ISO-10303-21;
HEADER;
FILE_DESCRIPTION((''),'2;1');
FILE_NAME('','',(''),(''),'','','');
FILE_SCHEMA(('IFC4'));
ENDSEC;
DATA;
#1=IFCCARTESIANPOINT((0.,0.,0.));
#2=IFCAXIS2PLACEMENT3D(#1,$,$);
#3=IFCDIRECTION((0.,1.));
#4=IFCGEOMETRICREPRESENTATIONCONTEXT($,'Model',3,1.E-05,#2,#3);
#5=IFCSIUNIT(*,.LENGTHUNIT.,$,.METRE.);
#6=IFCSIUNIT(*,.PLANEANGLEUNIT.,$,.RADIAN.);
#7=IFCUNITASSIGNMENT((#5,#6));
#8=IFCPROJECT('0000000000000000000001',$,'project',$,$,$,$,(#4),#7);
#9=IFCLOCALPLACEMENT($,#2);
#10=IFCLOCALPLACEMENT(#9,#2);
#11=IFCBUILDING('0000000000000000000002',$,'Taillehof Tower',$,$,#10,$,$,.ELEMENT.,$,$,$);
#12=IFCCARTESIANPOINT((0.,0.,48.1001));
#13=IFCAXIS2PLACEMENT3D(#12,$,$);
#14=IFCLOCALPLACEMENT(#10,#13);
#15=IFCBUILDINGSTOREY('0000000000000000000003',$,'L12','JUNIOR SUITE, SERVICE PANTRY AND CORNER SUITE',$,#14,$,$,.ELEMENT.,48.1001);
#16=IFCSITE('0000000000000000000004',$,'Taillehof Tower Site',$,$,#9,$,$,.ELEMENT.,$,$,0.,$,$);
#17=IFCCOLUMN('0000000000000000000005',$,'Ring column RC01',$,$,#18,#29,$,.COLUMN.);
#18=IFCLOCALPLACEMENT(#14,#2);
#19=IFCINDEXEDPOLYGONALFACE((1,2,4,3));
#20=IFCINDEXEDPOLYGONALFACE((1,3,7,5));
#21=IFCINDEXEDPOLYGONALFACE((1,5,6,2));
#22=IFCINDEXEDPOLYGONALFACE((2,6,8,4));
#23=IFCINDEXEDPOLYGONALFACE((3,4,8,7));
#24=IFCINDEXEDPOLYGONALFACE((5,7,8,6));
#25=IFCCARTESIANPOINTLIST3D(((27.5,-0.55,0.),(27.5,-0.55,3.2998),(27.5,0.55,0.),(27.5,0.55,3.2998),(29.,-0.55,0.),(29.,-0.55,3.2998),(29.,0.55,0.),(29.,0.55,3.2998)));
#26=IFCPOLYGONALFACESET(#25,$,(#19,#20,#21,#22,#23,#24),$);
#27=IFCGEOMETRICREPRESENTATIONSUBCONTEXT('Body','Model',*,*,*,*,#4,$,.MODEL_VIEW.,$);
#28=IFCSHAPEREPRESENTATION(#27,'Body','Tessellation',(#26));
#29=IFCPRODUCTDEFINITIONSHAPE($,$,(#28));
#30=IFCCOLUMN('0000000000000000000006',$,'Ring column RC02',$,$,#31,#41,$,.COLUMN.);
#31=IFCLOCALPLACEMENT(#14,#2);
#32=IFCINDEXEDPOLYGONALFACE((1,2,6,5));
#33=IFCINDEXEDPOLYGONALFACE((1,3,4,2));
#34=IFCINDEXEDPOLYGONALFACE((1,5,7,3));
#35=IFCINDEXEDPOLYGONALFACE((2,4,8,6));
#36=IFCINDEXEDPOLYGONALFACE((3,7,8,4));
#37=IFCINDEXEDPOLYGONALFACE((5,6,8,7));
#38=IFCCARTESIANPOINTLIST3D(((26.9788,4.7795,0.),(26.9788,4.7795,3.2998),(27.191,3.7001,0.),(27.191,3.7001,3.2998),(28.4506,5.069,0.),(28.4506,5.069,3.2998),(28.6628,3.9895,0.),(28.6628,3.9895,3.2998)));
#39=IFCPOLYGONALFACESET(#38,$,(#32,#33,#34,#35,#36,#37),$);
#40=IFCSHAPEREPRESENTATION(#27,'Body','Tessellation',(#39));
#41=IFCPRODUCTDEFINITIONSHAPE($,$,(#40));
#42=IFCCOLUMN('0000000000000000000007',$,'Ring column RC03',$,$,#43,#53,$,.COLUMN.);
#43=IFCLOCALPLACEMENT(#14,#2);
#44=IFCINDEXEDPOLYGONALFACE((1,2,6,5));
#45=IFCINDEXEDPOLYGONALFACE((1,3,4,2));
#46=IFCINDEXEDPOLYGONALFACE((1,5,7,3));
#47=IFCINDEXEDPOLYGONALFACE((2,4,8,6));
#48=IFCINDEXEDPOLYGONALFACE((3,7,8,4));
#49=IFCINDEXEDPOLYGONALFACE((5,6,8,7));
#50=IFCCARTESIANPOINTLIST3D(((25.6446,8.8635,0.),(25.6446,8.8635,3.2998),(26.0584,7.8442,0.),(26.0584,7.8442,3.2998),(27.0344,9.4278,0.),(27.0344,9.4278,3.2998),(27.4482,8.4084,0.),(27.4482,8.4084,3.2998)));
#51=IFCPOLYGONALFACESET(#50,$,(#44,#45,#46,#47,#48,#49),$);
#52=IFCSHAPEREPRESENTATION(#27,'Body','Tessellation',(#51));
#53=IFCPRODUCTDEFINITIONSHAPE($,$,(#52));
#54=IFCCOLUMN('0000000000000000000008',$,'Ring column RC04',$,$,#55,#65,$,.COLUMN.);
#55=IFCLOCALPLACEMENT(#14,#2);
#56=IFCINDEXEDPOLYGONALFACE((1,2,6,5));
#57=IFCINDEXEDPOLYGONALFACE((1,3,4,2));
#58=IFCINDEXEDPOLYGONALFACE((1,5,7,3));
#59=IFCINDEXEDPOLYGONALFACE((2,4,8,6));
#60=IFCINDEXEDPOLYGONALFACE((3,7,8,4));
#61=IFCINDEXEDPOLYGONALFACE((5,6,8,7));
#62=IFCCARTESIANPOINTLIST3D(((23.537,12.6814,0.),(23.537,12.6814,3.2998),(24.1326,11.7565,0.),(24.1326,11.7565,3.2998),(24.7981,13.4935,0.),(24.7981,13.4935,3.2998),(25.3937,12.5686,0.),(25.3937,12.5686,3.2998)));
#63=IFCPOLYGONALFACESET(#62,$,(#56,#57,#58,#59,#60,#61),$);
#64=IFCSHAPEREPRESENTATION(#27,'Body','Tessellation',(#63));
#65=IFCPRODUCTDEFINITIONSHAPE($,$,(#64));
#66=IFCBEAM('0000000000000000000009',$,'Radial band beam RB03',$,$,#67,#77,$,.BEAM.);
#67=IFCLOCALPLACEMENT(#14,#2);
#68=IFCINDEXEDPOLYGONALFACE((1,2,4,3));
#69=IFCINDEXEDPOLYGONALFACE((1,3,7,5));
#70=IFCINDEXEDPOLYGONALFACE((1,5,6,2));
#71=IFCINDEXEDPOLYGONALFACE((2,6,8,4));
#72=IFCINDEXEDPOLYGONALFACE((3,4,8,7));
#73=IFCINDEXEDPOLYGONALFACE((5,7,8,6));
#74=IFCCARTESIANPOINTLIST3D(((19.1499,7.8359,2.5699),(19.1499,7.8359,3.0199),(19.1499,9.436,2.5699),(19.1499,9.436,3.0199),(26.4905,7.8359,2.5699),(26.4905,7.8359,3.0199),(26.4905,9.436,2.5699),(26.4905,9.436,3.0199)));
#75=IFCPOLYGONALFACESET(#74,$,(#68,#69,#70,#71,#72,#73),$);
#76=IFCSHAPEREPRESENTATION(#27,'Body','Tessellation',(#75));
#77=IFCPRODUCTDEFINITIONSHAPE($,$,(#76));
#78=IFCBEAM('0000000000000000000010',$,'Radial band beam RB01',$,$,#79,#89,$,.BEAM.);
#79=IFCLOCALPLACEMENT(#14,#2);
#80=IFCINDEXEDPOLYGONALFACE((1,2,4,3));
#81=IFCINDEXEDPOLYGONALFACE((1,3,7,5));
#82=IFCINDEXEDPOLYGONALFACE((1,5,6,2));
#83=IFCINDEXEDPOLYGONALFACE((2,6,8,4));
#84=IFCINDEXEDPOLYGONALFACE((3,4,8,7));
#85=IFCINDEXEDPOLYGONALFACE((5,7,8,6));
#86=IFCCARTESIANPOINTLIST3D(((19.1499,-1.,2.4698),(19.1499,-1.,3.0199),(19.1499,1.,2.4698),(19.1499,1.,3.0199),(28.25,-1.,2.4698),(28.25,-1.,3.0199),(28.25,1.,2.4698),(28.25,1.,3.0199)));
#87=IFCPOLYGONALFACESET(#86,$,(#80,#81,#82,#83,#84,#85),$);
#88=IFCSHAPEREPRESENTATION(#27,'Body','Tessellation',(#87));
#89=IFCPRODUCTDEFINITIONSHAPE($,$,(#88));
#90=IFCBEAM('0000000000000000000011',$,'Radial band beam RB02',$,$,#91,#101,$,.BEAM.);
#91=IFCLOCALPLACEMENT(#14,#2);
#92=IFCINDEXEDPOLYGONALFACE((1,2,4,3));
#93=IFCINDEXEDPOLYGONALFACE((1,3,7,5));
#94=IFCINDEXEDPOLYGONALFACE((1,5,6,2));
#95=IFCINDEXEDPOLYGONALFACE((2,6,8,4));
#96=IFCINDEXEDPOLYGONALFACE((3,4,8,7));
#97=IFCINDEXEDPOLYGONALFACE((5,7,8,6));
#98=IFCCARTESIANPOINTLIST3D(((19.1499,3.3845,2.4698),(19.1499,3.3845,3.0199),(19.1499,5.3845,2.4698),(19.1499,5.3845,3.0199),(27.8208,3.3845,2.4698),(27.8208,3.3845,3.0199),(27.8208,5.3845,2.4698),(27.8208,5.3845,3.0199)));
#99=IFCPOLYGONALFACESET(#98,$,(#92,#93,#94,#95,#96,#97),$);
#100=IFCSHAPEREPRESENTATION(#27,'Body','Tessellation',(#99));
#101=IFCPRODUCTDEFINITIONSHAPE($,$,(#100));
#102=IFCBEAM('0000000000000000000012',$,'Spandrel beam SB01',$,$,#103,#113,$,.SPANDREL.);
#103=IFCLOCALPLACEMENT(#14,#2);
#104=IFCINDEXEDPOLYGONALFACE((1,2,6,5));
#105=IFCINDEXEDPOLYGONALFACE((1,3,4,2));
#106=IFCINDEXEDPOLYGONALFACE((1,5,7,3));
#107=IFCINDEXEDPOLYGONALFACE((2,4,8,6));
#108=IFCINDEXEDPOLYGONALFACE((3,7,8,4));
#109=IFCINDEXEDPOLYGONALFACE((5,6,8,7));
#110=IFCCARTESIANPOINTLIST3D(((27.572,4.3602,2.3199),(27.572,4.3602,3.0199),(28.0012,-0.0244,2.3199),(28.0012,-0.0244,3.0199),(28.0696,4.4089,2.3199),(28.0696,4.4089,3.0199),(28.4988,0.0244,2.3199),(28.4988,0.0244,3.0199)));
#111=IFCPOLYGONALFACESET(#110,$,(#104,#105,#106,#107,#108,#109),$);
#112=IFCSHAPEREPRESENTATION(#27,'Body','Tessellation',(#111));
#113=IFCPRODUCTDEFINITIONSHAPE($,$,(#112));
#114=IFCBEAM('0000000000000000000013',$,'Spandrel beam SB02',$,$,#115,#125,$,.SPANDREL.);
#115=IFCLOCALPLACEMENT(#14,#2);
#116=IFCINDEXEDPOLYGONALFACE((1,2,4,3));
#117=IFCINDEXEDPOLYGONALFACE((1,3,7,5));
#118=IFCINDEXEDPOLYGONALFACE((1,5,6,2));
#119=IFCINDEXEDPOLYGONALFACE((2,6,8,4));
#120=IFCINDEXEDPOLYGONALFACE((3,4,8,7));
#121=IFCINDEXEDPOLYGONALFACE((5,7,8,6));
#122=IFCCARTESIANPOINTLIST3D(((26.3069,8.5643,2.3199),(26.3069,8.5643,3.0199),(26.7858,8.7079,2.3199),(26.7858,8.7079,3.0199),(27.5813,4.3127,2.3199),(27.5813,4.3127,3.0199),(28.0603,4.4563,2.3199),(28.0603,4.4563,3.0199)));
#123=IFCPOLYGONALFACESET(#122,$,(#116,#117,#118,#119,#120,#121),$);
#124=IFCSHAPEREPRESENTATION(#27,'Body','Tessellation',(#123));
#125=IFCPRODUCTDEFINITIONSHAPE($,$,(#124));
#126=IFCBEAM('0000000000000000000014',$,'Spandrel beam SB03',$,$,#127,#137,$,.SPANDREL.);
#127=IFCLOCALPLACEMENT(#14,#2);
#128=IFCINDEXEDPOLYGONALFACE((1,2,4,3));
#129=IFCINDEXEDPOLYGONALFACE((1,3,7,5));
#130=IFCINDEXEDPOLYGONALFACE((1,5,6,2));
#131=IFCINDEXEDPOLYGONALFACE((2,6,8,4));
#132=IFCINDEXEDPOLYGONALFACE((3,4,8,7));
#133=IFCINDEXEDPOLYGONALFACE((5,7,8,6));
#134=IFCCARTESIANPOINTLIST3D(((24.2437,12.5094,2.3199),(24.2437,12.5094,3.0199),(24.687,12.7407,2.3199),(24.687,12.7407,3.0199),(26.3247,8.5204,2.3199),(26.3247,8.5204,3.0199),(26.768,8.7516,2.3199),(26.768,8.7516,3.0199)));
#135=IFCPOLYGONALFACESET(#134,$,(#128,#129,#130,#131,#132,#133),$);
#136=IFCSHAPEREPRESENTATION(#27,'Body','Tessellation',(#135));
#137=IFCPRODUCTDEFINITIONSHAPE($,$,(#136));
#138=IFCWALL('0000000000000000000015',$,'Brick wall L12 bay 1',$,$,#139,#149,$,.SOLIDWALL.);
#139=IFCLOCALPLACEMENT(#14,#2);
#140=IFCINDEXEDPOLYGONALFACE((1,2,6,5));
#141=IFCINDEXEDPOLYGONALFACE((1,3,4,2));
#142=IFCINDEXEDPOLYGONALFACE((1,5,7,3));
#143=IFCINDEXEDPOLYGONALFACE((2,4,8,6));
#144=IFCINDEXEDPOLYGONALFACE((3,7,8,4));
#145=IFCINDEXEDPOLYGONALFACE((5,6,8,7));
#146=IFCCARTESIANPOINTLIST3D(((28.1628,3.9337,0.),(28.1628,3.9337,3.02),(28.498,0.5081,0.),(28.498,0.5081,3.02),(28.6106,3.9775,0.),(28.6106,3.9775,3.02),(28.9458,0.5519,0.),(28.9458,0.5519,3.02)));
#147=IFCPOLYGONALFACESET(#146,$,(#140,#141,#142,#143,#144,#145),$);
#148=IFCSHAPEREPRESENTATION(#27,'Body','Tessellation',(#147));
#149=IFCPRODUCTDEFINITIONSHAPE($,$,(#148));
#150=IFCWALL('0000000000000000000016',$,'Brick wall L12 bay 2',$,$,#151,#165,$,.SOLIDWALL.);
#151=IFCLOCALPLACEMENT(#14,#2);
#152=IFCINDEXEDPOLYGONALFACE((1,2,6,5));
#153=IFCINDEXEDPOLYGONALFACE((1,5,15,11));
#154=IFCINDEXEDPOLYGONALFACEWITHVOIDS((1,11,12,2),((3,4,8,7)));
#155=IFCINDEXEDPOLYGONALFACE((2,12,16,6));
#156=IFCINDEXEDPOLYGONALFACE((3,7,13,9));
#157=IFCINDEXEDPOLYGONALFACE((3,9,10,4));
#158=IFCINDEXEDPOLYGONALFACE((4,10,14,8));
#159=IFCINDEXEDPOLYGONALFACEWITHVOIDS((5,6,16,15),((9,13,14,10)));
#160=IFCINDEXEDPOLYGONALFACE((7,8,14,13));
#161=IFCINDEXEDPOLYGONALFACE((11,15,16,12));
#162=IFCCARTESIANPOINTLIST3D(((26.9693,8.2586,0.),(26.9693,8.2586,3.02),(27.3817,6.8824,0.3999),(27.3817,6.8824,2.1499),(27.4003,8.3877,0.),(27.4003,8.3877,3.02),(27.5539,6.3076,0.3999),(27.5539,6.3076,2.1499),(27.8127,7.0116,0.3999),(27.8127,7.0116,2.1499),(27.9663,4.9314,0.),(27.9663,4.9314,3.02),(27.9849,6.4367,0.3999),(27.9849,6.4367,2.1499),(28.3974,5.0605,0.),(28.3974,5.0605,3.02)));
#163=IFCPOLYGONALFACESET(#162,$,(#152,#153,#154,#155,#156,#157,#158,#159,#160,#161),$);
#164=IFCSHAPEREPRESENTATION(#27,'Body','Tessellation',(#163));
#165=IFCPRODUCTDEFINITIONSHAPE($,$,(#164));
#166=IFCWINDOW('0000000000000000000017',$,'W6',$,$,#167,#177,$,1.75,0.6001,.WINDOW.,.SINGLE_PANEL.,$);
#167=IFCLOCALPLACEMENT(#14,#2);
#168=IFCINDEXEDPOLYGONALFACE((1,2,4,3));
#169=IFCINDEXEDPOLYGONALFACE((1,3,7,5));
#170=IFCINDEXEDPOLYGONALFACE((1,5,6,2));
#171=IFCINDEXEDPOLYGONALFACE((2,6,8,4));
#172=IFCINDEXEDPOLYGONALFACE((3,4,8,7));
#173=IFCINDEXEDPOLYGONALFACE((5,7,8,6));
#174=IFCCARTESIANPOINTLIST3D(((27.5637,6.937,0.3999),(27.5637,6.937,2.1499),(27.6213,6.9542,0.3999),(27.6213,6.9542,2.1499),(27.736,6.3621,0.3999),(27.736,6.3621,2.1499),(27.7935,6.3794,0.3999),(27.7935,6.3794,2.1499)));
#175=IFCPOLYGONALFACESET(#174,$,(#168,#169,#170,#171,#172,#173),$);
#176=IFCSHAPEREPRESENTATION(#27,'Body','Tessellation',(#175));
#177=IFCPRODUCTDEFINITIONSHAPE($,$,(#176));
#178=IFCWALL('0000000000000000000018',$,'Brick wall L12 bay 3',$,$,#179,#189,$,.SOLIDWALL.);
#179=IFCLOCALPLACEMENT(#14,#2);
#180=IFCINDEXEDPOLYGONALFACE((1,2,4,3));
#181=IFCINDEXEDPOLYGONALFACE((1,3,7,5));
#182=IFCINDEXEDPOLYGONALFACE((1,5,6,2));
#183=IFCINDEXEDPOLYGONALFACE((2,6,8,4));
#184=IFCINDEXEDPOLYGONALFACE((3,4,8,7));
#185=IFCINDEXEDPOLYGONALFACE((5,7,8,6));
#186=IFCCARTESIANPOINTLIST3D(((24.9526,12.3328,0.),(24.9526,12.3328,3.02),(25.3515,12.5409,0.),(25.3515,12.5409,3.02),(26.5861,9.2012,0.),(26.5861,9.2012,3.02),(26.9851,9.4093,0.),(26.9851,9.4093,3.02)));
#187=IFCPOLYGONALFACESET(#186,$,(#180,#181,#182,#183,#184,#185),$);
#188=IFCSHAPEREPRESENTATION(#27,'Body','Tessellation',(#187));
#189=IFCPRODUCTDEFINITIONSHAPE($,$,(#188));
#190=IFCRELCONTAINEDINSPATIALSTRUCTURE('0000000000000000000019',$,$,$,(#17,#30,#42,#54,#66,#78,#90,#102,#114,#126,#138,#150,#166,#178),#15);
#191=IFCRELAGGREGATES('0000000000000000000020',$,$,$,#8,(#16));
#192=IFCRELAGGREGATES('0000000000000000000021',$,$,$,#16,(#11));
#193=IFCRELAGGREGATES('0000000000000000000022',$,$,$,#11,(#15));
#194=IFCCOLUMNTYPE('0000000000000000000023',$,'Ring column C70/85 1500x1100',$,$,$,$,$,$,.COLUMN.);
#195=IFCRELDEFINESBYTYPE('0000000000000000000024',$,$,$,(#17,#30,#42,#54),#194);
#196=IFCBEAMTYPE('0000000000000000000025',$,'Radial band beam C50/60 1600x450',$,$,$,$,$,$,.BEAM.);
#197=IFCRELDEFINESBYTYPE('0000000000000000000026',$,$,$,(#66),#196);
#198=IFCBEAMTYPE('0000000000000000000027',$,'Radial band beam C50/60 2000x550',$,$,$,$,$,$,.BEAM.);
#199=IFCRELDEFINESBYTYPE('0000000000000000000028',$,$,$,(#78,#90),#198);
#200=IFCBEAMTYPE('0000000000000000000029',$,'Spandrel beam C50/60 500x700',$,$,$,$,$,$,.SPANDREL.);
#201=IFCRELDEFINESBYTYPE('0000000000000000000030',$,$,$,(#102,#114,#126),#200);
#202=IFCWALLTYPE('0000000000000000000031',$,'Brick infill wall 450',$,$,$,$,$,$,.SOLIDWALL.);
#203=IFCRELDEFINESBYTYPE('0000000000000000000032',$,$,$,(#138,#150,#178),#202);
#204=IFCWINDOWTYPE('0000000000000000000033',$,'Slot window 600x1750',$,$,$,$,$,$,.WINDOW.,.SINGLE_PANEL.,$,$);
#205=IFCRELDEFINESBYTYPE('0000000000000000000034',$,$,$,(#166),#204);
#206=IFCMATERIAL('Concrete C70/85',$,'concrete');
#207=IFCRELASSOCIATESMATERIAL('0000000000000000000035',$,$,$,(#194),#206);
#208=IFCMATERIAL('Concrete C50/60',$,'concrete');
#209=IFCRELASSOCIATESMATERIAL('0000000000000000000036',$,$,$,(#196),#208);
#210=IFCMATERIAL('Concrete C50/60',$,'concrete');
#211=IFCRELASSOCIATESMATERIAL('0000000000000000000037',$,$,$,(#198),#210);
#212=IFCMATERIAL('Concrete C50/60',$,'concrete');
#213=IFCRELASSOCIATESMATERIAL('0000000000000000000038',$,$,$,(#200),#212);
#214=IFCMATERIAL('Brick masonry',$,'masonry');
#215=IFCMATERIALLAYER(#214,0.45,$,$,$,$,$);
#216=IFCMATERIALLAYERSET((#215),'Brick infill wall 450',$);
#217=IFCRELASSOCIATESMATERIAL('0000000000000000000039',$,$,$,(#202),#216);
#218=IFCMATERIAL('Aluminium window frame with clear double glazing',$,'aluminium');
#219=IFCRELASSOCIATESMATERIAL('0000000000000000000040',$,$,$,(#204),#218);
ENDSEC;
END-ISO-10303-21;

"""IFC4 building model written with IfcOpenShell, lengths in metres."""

from ifc_helpers import new_model, si_unit, direction, frame, frame_2d, origin, origin_2d, place, context, subcontext, project, spatial, rectangle, extrude, material, layer, layer_set, material_profile, profile_set, type_object, element, fill, save


model = new_model("IFC4")

# Units and contexts
model_context = context("Model", 3, precision=1e-05, world=origin(), true_north=direction((0.0, 1.0)))
body_context = subcontext(model_context, "Body", "Model", "MODEL_VIEW")
ifc_project = project(units=[si_unit("LENGTHUNIT", "METRE"), si_unit("PLANEANGLEUNIT", "RADIAN")], contexts=[model_context])

# Site, building, storey
site_placement = place(None, origin())
site = spatial("IfcSite", under=ifc_project, at=site_placement, Name="Taillehof Tower Site", CompositionType="ELEMENT", RefElevation=0.0)
building_placement = place(site_placement, origin())
building = spatial("IfcBuilding", under=site, at=building_placement, Name="Taillehof Tower", CompositionType="ELEMENT")
storey_placement = place(building_placement, frame((0.0, 0.0, 48.1001)))
storey = spatial("IfcBuildingStorey", under=building, at=storey_placement, Name="L12", Description="JUNIOR SUITE, SERVICE PANTRY AND CORNER SUITE", CompositionType="ELEMENT", Elevation=48.1001)

# Columns
ifc_material_1 = material(Name="Concrete C70/85", Category="concrete")
ifc_material_profile_1 = material_profile(ifc_material_1, rectangle(XDim=1.5, YDim=1.1001, at=origin_2d()), Name="RC 1500x1100")
ifc_profile_set_1 = profile_set([ifc_material_profile_1], Name="Concrete C70/85")
column_type = type_object("IfcColumnType", Name="Ring column C70/85 1500x1100", PredefinedType="COLUMN", material=ifc_profile_set_1)
for number, where, z_axis, x_axis, name in (
    (1, (28.25, 0.0, 0.0), (0.0, 0.0, 1.0), (1.0, 0.0, 0.0), "Ring column RC01"),
    (2, (27.8208, 4.3845, 0.0), (0.0, 0.0, 1.0), (0.981204, 0.192976, 0.0), "Ring column RC02"),
    (3, (26.5464, 8.636, 0.0), (0.0, 0.0, 1.0), (0.926558, 0.376152, 0.0), "Ring column RC03"),
    (4, (24.4653, 12.625, 0.0), (0.0, 0.0, 1.0), (0.840754, 0.541418, 0.0), "Ring column RC04"),
):
    element("IfcColumn", number, at=place(storey_placement, frame(where, z_axis=z_axis, x_axis=x_axis)), inside=storey, type_object=column_type, Name=name, PredefinedType="COLUMN", context=body_context, shape_type="SweptSolid", body=[
        extrude(rectangle(XDim=1.5, YDim=1.1001, at=origin_2d()), origin(), (0.0, 0.0, 1.0), 3.2998),
    ])

# Beams
ifc_material_2 = material(Name="Concrete C50/60", Category="concrete")
ifc_material_profile_2 = material_profile(ifc_material_2, rectangle(XDim=1.6001, YDim=0.45, at=origin_2d()), Name="RC 1600x450")
ifc_profile_set_2 = profile_set([ifc_material_profile_2], Name="Concrete C50/60")
beam_type_1 = type_object("IfcBeamType", Name="Radial band beam C50/60 1600x450", PredefinedType="BEAM", material=ifc_profile_set_2)
beam_1_placement = place(storey_placement, frame((26.4905, 8.636, 2.7949), z_axis=(-1.0, 0.0, 0.0), x_axis=(0.0, -1.0, 0.0)))
element("IfcBeam", 5, at=beam_1_placement, inside=storey, type_object=beam_type_1, Name="Radial band beam RB03", PredefinedType="BEAM", context=body_context, shape_type="SweptSolid", body=[
    extrude(rectangle(XDim=1.6001, YDim=0.45, at=origin_2d()), origin(), (0.0, 0.0, 1.0), 7.3406),
])
ifc_material_3 = material(Name="Concrete C50/60", Category="concrete")
ifc_material_profile_3 = material_profile(ifc_material_3, rectangle(XDim=2.0, YDim=0.55, at=origin_2d()), Name="RC 2000x550")
ifc_profile_set_3 = profile_set([ifc_material_profile_3], Name="Concrete C50/60")
beam_type_2 = type_object("IfcBeamType", Name="Radial band beam C50/60 2000x550", PredefinedType="BEAM", material=ifc_profile_set_3)
beam_2_placement = place(storey_placement, frame((28.25, 0.0, 2.7449), z_axis=(-1.0, 0.0, 0.0), x_axis=(0.0, -1.0, 0.0)))
element("IfcBeam", 6, at=beam_2_placement, inside=storey, type_object=beam_type_2, Name="Radial band beam RB01", PredefinedType="BEAM", context=body_context, shape_type="SweptSolid", body=[
    extrude(rectangle(XDim=2.0, YDim=0.55, at=origin_2d()), origin(), (0.0, 0.0, 1.0), 9.1001),
])
beam_3_placement = place(storey_placement, frame((27.8208, 4.3845, 2.7449), z_axis=(-1.0, 0.0, 0.0), x_axis=(0.0, -1.0, 0.0)))
element("IfcBeam", 7, at=beam_3_placement, inside=storey, type_object=beam_type_2, Name="Radial band beam RB02", PredefinedType="BEAM", context=body_context, shape_type="SweptSolid", body=[
    extrude(rectangle(XDim=2.0, YDim=0.55, at=origin_2d()), origin(), (0.0, 0.0, 1.0), 8.6709),
])
ifc_material_4 = material(Name="Concrete C50/60", Category="concrete")
ifc_material_profile_4 = material_profile(ifc_material_4, rectangle(XDim=0.5, YDim=0.7, at=origin_2d()), Name="RC 500x700")
ifc_profile_set_4 = profile_set([ifc_material_profile_4], Name="Concrete C50/60")
beam_type_3 = type_object("IfcBeamType", Name="Spandrel beam C50/60 500x700", PredefinedType="SPANDREL", material=ifc_profile_set_4)
beam_4_placement = place(storey_placement, frame((28.25, 0.0, 2.6699), z_axis=(-0.097424, 0.995243, 0.0), x_axis=(-0.995243, -0.097424, 0.0)))
element("IfcBeam", 8, at=beam_4_placement, inside=storey, type_object=beam_type_3, Name="Spandrel beam SB01", PredefinedType="SPANDREL", context=body_context, shape_type="SweptSolid", body=[
    extrude(rectangle(XDim=0.5, YDim=0.7, at=origin_2d()), origin(), (0.0, 0.0, 1.0), 4.4055),
])
beam_5_placement = place(storey_placement, frame((27.8208, 4.3845, 2.6699), z_axis=(-0.287136, 0.95789, 0.0), x_axis=(-0.95789, -0.287136, 0.0)))
element("IfcBeam", 9, at=beam_5_placement, inside=storey, type_object=beam_type_3, Name="Spandrel beam SB02", PredefinedType="SPANDREL", context=body_context, shape_type="SweptSolid", body=[
    extrude(rectangle(XDim=0.5, YDim=0.7, at=origin_2d()), origin(), (0.0, 0.0, 1.0), 4.4385),
])
beam_6_placement = place(storey_placement, frame((26.5464, 8.636, 2.6699), z_axis=(-0.462536, 0.8866, 0.0), x_axis=(-0.8866, -0.462536, 0.0)))
element("IfcBeam", 10, at=beam_6_placement, inside=storey, type_object=beam_type_3, Name="Spandrel beam SB03", PredefinedType="SPANDREL", context=body_context, shape_type="SweptSolid", body=[
    extrude(rectangle(XDim=0.5, YDim=0.7, at=origin_2d()), origin(), (0.0, 0.0, 1.0), 4.4993),
])

# Wall
ifc_material_5 = material(Name="Brick masonry", Category="masonry")
ifc_layer_1 = layer(ifc_material_5, 0.45)
ifc_layer_set_1 = layer_set([ifc_layer_1], Name="Brick infill wall 450")
wall_type_1 = type_object("IfcWallType", Name="Brick infill wall 450", PredefinedType="SOLIDWALL", material=ifc_layer_set_1)
wall_1_placement = place(storey_placement, frame((28.7219, 0.53, 0.0), z_axis=(0.0, 0.0, 1.0), x_axis=(-0.09739, 0.995246, 0.0)))
element("IfcWall", 11, at=wall_1_placement, inside=storey, type_object=wall_type_1, Name="Brick wall L12 bay 1", PredefinedType="SOLIDWALL", context=body_context, shape_type="SweptSolid", body=[
    extrude(rectangle(XDim=3.4419, YDim=0.45, at=frame_2d((1.7209, 0.0))), origin(), (0.0, 0.0, 1.0), 3.02),
])

# Wall, opening, window
wall_2_placement = place(storey_placement, frame((28.1819, 4.9958, 0.0), z_axis=(0.0, 0.0, 1.0), x_axis=(-0.287064, 0.957911, 0.0)))
wall_2 = element("IfcWall", 12, at=wall_2_placement, inside=storey, type_object=wall_type_1, Name="Brick wall L12 bay 2", PredefinedType="SOLIDWALL", context=body_context, shape_type="SweptSolid", body=[
    extrude(rectangle(XDim=3.4734, YDim=0.45, at=frame_2d((1.7368, 0.0))), origin(), (0.0, 0.0, 1.0), 3.02),
])
opening_1_placement = place(wall_2_placement, frame((1.4368, 0.0, 0.3999)))
opening_1 = element("IfcOpeningElement", 13, at=opening_1_placement, cuts=wall_2, PredefinedType="OPENING", context=body_context, shape_type="SweptSolid", body=[
    extrude(rectangle(XDim=0.6001, YDim=1.75, at=frame_2d((0.3, 0.875))), frame((0.0, 0.2349, 0.0), z_axis=(0.0, -1.0, 0.0), x_axis=(1.0, 0.0, 0.0)), (0.0, 0.0, 1.0), 0.47),
])
ifc_material_6 = material(Name="Aluminium window frame with clear double glazing", Category="aluminium")
window_type = type_object("IfcWindowType", Name="Slot window 600x1750", PartitioningType="SINGLE_PANEL", PredefinedType="WINDOW", material=ifc_material_6)
window_placement = place(opening_1_placement, origin())
window = element("IfcWindow", 14, at=window_placement, inside=storey, type_object=window_type, Name="W6", OverallHeight=1.75, OverallWidth=0.6001, PartitioningType="SINGLE_PANEL", PredefinedType="WINDOW", context=body_context, shape_type="SweptSolid", body=[
    extrude(rectangle(XDim=0.6001, YDim=1.75, at=frame_2d((0.3, 0.875))), frame((0.0, 0.0349, 0.0), z_axis=(0.0, -1.0, 0.0), x_axis=(1.0, 0.0, 0.0)), (0.0, 0.0, 1.0), 0.0601),
])
fill(opening_1, window)

# Wall
wall_3_placement = place(storey_placement, frame((26.7856, 9.3052, 0.0), z_axis=(0.0, 0.0, 1.0), x_axis=(-0.462493, 0.886623, 0.0)))
element("IfcWall", 15, at=wall_3_placement, inside=storey, type_object=wall_type_1, Name="Brick wall L12 bay 3", PredefinedType="SOLIDWALL", context=body_context, shape_type="SweptSolid", body=[
    extrude(rectangle(XDim=3.532, YDim=0.45, at=frame_2d((1.7661, 0.0))), origin(), (0.0, 0.0, 1.0), 3.02),
])

save(model, "model.ifc")
